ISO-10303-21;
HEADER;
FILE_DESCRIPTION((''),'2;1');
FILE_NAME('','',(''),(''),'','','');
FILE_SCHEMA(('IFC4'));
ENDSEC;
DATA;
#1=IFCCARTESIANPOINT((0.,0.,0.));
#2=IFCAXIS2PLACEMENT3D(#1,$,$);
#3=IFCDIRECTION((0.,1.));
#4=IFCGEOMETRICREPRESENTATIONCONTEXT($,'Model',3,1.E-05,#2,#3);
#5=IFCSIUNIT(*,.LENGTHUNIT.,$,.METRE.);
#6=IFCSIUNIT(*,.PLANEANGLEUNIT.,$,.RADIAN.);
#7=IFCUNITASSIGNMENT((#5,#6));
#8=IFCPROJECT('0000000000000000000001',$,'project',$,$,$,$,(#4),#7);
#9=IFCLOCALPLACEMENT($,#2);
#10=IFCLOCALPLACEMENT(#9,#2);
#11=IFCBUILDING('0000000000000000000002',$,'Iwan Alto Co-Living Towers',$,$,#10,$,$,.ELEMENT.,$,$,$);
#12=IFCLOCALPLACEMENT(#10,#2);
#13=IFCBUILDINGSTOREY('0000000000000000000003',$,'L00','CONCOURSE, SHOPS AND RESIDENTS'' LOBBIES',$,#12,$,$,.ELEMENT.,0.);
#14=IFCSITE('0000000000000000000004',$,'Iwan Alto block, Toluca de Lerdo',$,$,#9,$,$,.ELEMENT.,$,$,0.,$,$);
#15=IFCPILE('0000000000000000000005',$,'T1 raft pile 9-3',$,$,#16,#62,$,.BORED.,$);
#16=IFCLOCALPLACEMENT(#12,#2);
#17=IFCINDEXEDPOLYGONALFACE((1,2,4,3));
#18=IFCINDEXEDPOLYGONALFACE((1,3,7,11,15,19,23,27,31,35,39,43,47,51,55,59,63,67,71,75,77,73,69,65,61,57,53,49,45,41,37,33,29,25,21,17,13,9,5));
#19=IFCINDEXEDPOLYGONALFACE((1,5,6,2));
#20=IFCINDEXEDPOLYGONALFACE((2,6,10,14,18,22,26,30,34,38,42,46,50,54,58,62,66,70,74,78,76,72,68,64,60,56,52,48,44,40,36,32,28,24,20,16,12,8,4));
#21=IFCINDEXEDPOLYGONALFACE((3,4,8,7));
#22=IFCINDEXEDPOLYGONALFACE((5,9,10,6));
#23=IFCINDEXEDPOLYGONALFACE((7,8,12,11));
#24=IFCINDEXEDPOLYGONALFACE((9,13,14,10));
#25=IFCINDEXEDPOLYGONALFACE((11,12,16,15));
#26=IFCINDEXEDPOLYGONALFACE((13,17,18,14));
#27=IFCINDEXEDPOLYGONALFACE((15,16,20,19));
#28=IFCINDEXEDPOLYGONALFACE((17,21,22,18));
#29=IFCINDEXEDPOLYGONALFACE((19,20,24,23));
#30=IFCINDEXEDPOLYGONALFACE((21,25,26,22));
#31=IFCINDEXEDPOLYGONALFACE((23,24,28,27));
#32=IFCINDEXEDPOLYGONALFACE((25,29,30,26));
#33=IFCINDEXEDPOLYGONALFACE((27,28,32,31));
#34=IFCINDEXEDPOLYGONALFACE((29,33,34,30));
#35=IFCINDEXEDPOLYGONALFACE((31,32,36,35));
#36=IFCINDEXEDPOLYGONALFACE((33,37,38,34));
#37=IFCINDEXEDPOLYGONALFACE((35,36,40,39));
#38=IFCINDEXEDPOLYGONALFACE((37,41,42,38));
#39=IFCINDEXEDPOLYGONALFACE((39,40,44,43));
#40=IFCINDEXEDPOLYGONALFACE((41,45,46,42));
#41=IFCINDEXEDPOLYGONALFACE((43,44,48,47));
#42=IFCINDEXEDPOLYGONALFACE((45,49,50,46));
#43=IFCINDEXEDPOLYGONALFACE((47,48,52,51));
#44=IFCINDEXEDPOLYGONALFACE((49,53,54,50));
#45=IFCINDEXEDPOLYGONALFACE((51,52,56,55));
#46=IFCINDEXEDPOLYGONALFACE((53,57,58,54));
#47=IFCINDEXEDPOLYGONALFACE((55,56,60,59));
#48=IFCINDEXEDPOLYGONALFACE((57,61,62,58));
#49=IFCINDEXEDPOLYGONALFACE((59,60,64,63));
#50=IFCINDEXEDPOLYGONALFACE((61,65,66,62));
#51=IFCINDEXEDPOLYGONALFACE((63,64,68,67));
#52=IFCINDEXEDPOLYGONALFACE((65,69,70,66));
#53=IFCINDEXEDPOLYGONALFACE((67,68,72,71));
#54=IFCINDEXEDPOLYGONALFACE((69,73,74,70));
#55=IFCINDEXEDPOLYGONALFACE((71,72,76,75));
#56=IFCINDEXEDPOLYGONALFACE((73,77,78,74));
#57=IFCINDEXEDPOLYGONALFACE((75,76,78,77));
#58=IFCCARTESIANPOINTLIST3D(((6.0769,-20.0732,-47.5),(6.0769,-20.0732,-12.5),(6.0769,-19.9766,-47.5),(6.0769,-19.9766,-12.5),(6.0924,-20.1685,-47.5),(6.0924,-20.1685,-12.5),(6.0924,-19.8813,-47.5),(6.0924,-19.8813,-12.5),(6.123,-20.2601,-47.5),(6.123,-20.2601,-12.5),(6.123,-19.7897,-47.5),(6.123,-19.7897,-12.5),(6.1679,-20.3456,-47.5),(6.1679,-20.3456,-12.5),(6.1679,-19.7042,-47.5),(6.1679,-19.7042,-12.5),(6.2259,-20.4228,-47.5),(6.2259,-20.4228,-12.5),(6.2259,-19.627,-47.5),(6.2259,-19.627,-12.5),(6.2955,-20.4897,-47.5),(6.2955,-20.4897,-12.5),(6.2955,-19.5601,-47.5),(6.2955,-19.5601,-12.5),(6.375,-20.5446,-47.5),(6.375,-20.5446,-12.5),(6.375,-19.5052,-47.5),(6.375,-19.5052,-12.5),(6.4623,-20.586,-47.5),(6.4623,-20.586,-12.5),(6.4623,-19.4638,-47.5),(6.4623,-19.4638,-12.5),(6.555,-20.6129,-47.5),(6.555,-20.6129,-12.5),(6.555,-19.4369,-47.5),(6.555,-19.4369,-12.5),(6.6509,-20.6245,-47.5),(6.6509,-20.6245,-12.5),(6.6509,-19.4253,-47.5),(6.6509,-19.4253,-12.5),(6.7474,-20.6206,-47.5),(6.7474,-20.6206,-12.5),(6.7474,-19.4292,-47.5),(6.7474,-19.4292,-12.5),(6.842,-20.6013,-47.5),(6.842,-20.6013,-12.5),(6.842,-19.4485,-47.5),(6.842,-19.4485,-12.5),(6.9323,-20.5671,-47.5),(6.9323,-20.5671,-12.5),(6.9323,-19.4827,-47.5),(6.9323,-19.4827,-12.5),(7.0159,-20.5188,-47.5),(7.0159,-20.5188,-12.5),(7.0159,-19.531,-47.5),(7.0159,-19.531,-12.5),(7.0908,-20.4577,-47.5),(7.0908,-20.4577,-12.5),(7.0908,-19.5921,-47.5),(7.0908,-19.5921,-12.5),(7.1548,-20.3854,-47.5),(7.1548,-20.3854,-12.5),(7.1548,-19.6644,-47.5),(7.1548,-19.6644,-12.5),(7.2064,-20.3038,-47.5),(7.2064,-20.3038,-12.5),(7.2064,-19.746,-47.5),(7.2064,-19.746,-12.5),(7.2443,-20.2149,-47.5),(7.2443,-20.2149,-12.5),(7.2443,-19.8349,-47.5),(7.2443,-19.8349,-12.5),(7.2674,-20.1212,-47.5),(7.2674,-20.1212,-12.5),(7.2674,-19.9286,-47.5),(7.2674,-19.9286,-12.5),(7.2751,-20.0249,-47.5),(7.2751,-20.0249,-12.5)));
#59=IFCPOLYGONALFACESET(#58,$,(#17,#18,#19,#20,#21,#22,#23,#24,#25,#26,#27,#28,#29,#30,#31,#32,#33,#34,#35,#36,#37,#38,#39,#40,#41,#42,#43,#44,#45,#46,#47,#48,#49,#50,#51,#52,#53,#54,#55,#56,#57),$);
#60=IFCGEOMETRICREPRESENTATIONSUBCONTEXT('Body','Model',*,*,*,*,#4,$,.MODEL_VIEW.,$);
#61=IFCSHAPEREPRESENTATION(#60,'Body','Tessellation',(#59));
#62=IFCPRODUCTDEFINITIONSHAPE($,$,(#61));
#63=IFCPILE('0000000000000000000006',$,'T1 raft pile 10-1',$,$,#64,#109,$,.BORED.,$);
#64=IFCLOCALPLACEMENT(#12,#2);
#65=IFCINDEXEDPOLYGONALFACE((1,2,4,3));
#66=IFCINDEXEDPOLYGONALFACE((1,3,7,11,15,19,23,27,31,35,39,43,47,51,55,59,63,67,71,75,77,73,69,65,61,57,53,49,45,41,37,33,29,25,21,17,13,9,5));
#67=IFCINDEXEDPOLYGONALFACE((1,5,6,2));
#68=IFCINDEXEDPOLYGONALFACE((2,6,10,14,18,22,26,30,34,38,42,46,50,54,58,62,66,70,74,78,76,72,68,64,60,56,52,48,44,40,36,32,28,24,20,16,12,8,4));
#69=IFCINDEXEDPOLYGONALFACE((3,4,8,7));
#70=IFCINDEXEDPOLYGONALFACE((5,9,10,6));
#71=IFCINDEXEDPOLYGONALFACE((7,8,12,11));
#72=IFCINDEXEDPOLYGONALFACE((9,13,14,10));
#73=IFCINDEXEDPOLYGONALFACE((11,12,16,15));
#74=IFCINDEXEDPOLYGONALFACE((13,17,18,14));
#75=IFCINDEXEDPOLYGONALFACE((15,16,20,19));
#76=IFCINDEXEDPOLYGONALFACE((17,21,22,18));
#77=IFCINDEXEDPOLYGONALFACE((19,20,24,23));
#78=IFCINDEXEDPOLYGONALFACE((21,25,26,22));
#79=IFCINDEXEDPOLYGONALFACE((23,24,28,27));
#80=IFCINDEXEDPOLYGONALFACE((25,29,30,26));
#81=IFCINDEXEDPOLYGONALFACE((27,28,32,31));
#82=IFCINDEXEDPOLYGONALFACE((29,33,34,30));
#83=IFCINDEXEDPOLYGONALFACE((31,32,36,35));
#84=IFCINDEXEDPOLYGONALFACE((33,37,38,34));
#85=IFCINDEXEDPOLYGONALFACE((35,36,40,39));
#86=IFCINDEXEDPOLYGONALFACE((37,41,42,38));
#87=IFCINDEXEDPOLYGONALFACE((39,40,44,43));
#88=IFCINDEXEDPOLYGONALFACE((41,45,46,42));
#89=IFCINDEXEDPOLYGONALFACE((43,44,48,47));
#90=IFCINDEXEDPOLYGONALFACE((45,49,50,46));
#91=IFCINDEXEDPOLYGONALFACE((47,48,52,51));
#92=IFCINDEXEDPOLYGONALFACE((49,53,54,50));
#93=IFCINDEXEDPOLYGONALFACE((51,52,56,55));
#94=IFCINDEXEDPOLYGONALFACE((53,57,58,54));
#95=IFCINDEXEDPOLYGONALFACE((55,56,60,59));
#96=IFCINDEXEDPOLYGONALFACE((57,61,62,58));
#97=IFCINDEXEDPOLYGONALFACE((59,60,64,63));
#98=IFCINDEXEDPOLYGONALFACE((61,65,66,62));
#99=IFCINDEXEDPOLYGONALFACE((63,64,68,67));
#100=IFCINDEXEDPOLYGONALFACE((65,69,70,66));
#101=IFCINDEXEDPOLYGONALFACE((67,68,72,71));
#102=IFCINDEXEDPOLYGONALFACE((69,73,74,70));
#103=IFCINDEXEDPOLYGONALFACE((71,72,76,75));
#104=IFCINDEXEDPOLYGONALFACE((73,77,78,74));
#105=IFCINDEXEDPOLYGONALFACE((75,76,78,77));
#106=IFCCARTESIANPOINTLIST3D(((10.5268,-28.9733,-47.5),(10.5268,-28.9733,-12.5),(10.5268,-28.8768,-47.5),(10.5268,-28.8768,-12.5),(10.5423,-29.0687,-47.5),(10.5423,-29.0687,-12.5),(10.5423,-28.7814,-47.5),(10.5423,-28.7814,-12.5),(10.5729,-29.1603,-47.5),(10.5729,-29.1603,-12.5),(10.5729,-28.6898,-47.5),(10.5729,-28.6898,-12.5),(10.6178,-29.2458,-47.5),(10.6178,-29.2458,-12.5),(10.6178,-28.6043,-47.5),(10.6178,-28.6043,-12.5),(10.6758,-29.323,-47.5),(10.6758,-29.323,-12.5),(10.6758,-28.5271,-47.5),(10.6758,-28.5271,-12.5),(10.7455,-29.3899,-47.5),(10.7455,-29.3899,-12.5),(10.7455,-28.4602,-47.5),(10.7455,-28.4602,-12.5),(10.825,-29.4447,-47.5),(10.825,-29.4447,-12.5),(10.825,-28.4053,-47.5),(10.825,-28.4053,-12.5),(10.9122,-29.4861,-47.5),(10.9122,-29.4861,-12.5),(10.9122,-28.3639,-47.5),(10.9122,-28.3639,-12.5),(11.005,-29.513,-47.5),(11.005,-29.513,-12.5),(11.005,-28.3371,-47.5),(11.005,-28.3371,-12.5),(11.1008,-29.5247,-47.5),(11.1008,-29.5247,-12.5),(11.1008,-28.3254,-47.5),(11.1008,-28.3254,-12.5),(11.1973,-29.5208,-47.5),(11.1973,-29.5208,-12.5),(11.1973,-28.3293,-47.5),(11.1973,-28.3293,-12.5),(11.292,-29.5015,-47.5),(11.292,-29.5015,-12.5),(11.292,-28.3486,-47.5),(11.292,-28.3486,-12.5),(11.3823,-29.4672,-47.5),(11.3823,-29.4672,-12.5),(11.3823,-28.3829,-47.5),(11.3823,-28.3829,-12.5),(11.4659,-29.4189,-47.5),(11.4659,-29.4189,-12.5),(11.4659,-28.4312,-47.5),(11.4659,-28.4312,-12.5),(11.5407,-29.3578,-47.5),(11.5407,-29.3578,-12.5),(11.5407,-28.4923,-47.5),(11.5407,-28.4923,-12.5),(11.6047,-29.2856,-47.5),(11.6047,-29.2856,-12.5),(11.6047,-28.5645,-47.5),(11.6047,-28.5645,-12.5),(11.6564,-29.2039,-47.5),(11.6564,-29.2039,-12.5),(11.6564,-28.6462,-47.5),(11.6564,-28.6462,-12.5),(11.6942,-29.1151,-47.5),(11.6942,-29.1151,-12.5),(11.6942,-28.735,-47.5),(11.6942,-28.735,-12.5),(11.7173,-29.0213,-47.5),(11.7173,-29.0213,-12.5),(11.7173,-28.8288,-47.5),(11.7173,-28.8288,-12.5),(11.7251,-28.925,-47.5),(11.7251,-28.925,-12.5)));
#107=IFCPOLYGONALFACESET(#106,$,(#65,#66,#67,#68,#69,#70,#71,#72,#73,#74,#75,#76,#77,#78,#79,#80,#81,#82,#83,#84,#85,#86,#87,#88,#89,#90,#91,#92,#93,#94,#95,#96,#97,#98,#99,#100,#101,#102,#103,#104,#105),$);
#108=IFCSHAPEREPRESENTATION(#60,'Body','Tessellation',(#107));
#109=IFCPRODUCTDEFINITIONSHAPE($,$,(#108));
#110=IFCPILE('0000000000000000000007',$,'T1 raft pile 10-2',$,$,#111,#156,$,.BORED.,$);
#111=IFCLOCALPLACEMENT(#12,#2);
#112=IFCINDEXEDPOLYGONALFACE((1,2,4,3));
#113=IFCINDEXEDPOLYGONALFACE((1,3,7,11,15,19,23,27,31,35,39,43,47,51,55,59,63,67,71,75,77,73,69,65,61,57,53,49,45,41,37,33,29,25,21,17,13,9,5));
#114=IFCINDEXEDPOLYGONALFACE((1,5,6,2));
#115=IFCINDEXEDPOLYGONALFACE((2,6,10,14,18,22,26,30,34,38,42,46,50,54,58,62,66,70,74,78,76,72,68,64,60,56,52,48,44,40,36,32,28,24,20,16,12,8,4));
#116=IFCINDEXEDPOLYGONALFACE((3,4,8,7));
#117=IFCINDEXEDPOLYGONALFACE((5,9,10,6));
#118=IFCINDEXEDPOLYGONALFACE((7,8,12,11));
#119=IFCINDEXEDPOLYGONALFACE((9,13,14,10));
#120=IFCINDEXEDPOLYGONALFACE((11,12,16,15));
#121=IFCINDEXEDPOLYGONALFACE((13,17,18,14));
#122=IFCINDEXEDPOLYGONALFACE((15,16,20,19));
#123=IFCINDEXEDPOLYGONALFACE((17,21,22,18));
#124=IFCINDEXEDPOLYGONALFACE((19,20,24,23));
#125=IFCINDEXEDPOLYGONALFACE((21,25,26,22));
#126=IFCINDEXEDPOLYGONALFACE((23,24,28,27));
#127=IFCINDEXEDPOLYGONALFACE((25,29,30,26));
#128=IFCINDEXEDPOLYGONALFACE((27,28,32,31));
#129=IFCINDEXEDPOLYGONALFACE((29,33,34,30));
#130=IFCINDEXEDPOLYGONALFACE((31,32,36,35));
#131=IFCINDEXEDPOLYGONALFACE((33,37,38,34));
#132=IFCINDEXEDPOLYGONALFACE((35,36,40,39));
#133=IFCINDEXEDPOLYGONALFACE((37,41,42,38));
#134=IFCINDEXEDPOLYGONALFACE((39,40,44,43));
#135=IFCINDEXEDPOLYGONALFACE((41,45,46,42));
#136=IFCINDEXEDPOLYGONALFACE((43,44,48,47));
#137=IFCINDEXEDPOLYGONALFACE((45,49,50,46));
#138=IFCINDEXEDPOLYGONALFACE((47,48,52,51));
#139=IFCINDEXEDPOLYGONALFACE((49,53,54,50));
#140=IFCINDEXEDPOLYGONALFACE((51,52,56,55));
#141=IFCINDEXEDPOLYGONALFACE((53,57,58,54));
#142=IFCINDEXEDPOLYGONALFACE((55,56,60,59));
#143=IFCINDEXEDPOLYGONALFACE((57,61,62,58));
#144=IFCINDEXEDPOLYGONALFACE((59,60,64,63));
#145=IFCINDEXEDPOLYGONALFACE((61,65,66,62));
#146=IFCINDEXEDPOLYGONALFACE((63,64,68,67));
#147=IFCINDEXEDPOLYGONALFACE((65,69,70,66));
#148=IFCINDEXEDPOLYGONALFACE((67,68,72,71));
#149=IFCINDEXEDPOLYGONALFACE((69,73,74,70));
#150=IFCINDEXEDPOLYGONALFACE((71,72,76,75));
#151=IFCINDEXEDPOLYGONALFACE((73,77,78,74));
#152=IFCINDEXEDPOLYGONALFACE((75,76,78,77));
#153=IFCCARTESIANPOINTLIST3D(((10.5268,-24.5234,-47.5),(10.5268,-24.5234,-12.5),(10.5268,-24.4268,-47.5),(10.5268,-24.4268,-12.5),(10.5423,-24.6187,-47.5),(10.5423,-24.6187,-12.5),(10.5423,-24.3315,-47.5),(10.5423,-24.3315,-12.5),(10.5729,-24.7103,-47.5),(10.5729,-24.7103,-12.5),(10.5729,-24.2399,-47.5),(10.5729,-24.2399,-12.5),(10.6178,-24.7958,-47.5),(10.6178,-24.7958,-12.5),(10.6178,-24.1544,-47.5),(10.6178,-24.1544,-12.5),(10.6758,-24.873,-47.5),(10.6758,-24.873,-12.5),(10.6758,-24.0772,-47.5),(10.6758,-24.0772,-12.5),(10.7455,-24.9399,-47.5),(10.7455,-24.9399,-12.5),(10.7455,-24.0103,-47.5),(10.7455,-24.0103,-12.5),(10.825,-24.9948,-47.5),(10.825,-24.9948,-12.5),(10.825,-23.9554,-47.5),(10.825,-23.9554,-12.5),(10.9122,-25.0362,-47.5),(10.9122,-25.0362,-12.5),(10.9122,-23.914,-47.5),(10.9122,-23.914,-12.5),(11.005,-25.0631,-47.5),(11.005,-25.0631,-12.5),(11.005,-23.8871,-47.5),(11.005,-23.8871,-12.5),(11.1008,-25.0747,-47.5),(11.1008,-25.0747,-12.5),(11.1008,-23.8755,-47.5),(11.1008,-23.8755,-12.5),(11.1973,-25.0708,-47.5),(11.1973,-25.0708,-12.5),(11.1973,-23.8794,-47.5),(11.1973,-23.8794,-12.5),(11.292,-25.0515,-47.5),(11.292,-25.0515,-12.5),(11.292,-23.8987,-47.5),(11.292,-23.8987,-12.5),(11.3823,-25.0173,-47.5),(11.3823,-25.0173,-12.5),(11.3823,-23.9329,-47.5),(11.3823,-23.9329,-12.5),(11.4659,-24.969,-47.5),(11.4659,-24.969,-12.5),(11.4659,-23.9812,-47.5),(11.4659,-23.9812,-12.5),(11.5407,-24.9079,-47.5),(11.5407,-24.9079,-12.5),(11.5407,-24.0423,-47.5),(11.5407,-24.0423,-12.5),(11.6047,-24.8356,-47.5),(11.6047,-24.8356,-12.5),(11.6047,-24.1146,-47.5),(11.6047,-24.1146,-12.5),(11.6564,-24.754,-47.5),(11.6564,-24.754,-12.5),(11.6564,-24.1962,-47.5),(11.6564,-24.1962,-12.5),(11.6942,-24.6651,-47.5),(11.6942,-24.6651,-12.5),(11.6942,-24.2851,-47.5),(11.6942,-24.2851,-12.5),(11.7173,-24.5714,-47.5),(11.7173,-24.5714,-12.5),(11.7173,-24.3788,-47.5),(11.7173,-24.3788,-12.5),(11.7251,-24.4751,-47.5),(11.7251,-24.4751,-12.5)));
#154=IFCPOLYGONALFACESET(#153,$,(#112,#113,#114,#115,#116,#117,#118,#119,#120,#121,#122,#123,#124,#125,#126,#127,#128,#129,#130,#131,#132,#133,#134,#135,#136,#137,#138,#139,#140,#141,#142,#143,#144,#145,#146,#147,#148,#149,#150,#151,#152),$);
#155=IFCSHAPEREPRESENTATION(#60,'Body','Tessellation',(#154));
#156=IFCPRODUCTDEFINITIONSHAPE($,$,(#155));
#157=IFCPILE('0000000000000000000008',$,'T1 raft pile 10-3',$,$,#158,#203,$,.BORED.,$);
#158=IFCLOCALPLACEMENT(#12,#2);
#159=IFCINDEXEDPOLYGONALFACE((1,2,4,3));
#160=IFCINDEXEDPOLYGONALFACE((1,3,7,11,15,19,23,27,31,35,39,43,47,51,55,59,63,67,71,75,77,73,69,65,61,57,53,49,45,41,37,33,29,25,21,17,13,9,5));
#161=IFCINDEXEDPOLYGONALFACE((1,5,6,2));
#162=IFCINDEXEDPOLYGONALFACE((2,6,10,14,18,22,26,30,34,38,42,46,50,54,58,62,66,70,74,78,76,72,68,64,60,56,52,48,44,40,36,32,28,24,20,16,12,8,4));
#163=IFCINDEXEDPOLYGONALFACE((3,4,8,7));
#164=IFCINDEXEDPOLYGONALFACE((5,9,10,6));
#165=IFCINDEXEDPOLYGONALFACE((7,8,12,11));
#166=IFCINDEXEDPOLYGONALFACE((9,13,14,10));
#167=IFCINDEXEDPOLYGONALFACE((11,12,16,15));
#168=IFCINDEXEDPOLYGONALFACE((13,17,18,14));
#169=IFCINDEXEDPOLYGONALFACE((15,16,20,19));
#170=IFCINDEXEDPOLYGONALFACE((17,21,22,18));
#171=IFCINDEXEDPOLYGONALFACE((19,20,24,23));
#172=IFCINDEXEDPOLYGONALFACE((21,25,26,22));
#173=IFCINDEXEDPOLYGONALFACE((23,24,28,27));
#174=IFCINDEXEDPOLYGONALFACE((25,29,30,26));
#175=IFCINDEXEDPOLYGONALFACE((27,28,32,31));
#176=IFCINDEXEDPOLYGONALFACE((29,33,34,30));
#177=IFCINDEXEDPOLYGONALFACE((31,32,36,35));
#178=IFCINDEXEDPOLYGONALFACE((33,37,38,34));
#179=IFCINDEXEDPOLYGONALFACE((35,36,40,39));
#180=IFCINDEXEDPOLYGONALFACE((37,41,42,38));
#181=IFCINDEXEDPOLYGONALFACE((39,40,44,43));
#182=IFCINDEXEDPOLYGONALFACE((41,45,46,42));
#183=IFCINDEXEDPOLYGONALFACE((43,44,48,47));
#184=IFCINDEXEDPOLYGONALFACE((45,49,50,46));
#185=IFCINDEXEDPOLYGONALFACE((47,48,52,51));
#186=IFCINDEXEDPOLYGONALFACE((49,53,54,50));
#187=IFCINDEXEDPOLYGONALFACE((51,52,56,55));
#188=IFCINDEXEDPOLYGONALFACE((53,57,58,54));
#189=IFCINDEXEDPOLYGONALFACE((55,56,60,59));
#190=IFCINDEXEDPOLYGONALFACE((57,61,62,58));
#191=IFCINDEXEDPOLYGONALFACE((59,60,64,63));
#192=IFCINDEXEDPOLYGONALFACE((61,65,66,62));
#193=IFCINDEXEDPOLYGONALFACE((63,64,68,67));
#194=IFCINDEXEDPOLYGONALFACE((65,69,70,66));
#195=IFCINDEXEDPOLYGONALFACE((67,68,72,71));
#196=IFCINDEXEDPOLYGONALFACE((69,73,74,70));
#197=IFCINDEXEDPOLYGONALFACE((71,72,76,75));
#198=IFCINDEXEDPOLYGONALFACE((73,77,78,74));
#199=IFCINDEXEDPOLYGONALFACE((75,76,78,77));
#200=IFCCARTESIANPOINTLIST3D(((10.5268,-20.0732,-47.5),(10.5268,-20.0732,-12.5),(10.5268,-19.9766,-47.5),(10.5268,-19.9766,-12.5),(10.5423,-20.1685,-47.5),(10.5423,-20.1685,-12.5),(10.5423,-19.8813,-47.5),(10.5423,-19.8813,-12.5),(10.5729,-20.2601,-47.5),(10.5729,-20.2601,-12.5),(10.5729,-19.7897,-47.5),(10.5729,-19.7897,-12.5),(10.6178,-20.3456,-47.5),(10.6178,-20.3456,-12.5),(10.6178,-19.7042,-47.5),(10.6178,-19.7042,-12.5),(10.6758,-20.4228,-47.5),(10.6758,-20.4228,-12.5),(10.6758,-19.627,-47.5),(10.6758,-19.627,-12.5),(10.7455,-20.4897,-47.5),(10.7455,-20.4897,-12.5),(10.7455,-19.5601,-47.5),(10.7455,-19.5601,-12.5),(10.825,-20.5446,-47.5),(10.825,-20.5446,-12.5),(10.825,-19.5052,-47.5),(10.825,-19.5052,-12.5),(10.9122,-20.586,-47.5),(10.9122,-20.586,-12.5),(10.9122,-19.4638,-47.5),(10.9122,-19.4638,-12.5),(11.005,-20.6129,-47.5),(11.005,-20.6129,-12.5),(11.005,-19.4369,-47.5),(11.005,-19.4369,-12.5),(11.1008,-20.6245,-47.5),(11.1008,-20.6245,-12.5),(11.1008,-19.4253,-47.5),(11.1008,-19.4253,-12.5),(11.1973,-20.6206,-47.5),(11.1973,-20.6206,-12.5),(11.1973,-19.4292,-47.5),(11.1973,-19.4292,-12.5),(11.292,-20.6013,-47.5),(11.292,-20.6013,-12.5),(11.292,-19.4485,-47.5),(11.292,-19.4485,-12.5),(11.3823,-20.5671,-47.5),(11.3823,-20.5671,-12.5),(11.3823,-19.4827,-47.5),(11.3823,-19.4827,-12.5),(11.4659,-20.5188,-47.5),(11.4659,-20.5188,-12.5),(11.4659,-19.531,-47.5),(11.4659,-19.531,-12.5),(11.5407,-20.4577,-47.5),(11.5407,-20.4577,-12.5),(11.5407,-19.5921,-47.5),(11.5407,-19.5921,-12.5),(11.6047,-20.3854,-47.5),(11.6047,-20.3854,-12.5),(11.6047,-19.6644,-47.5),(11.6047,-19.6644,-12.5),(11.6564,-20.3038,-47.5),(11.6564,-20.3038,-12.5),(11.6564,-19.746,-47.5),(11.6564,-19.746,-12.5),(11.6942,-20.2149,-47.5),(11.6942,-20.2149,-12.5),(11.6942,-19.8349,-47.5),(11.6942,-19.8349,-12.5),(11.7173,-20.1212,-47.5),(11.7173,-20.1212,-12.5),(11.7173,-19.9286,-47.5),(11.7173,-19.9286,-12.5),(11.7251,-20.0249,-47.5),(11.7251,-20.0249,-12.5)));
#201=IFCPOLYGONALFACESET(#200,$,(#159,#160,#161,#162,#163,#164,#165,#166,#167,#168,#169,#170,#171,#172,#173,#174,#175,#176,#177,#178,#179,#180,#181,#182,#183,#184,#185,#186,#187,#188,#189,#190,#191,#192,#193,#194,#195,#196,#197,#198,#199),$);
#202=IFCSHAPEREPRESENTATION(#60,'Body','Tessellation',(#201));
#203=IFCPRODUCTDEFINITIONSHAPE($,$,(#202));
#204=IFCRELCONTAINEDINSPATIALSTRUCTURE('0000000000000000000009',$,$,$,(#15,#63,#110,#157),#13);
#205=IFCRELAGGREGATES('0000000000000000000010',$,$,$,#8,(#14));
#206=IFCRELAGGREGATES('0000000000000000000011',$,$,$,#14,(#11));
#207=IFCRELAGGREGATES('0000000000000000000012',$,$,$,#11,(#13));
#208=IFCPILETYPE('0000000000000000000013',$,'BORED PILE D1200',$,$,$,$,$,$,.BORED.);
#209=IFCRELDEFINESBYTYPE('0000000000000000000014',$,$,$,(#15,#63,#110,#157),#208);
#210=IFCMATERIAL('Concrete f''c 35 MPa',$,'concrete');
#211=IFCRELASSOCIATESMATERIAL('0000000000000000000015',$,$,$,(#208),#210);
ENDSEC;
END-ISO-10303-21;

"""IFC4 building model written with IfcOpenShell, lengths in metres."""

from ifc_helpers import new_model, si_unit, direction, frame, origin, origin_2d, place, context, subcontext, project, spatial, circle, extrude, material, material_profile, profile_set, type_object, element, save


model = new_model("IFC4")

# Units and contexts
model_context = context("Model", 3, precision=1e-05, world=origin(), true_north=direction((0.0, 1.0)))
body_context = subcontext(model_context, "Body", "Model", "MODEL_VIEW")
ifc_project = project(units=[si_unit("LENGTHUNIT", "METRE"), si_unit("PLANEANGLEUNIT", "RADIAN")], contexts=[model_context])

# Site, building, storey
site_placement = place(None, origin())
site = spatial("IfcSite", under=ifc_project, at=site_placement, Name="Iwan Alto block, Toluca de Lerdo", CompositionType="ELEMENT", RefElevation=0.0)
building_placement = place(site_placement, origin())
building = spatial("IfcBuilding", under=site, at=building_placement, Name="Iwan Alto Co-Living Towers", CompositionType="ELEMENT")
storey_placement = place(building_placement, origin())
storey = spatial("IfcBuildingStorey", under=building, at=storey_placement, Name="L00", Description="CONCOURSE, SHOPS AND RESIDENTS' LOBBIES", CompositionType="ELEMENT", Elevation=0.0)

# Piles
ifc_material_1 = material(Name="Concrete f'c 35 MPa", Category="concrete")
ifc_material_profile_1 = material_profile(ifc_material_1, circle(Radius=0.6001, at=origin_2d()), Name="D1200")
ifc_profile_set_1 = profile_set([ifc_material_profile_1], Name="Concrete f'c 35 MPa")
pile_type_1 = type_object("IfcPileType", Name="BORED PILE D1200", PredefinedType="BORED", material=ifc_profile_set_1)
for number, where, z_axis, x_axis, name in (
    (1, (6.675, -20.0249, -12.5), (0.0, 0.0, -1.0), (1.0, 0.0, 0.0), "T1 raft pile 9-3"),
    (2, (11.125, -28.925, -12.5), (0.0, 0.0, -1.0), (1.0, 0.0, 0.0), "T1 raft pile 10-1"),
    (3, (11.125, -24.4751, -12.5), (0.0, 0.0, -1.0), (1.0, 0.0, 0.0), "T1 raft pile 10-2"),
    (4, (11.125, -20.0249, -12.5), (0.0, 0.0, -1.0), (1.0, 0.0, 0.0), "T1 raft pile 10-3"),
):
    element("IfcPile", number, at=place(storey_placement, frame(where, z_axis=z_axis, x_axis=x_axis)), inside=storey, type_object=pile_type_1, Name=name, PredefinedType="BORED", context=body_context, shape_type="SweptSolid", body=[
        extrude(circle(Radius=0.6001, at=origin_2d()), origin(), (0.0, 0.0, 1.0), 35.0),
    ])

save(model, "model.ifc")
